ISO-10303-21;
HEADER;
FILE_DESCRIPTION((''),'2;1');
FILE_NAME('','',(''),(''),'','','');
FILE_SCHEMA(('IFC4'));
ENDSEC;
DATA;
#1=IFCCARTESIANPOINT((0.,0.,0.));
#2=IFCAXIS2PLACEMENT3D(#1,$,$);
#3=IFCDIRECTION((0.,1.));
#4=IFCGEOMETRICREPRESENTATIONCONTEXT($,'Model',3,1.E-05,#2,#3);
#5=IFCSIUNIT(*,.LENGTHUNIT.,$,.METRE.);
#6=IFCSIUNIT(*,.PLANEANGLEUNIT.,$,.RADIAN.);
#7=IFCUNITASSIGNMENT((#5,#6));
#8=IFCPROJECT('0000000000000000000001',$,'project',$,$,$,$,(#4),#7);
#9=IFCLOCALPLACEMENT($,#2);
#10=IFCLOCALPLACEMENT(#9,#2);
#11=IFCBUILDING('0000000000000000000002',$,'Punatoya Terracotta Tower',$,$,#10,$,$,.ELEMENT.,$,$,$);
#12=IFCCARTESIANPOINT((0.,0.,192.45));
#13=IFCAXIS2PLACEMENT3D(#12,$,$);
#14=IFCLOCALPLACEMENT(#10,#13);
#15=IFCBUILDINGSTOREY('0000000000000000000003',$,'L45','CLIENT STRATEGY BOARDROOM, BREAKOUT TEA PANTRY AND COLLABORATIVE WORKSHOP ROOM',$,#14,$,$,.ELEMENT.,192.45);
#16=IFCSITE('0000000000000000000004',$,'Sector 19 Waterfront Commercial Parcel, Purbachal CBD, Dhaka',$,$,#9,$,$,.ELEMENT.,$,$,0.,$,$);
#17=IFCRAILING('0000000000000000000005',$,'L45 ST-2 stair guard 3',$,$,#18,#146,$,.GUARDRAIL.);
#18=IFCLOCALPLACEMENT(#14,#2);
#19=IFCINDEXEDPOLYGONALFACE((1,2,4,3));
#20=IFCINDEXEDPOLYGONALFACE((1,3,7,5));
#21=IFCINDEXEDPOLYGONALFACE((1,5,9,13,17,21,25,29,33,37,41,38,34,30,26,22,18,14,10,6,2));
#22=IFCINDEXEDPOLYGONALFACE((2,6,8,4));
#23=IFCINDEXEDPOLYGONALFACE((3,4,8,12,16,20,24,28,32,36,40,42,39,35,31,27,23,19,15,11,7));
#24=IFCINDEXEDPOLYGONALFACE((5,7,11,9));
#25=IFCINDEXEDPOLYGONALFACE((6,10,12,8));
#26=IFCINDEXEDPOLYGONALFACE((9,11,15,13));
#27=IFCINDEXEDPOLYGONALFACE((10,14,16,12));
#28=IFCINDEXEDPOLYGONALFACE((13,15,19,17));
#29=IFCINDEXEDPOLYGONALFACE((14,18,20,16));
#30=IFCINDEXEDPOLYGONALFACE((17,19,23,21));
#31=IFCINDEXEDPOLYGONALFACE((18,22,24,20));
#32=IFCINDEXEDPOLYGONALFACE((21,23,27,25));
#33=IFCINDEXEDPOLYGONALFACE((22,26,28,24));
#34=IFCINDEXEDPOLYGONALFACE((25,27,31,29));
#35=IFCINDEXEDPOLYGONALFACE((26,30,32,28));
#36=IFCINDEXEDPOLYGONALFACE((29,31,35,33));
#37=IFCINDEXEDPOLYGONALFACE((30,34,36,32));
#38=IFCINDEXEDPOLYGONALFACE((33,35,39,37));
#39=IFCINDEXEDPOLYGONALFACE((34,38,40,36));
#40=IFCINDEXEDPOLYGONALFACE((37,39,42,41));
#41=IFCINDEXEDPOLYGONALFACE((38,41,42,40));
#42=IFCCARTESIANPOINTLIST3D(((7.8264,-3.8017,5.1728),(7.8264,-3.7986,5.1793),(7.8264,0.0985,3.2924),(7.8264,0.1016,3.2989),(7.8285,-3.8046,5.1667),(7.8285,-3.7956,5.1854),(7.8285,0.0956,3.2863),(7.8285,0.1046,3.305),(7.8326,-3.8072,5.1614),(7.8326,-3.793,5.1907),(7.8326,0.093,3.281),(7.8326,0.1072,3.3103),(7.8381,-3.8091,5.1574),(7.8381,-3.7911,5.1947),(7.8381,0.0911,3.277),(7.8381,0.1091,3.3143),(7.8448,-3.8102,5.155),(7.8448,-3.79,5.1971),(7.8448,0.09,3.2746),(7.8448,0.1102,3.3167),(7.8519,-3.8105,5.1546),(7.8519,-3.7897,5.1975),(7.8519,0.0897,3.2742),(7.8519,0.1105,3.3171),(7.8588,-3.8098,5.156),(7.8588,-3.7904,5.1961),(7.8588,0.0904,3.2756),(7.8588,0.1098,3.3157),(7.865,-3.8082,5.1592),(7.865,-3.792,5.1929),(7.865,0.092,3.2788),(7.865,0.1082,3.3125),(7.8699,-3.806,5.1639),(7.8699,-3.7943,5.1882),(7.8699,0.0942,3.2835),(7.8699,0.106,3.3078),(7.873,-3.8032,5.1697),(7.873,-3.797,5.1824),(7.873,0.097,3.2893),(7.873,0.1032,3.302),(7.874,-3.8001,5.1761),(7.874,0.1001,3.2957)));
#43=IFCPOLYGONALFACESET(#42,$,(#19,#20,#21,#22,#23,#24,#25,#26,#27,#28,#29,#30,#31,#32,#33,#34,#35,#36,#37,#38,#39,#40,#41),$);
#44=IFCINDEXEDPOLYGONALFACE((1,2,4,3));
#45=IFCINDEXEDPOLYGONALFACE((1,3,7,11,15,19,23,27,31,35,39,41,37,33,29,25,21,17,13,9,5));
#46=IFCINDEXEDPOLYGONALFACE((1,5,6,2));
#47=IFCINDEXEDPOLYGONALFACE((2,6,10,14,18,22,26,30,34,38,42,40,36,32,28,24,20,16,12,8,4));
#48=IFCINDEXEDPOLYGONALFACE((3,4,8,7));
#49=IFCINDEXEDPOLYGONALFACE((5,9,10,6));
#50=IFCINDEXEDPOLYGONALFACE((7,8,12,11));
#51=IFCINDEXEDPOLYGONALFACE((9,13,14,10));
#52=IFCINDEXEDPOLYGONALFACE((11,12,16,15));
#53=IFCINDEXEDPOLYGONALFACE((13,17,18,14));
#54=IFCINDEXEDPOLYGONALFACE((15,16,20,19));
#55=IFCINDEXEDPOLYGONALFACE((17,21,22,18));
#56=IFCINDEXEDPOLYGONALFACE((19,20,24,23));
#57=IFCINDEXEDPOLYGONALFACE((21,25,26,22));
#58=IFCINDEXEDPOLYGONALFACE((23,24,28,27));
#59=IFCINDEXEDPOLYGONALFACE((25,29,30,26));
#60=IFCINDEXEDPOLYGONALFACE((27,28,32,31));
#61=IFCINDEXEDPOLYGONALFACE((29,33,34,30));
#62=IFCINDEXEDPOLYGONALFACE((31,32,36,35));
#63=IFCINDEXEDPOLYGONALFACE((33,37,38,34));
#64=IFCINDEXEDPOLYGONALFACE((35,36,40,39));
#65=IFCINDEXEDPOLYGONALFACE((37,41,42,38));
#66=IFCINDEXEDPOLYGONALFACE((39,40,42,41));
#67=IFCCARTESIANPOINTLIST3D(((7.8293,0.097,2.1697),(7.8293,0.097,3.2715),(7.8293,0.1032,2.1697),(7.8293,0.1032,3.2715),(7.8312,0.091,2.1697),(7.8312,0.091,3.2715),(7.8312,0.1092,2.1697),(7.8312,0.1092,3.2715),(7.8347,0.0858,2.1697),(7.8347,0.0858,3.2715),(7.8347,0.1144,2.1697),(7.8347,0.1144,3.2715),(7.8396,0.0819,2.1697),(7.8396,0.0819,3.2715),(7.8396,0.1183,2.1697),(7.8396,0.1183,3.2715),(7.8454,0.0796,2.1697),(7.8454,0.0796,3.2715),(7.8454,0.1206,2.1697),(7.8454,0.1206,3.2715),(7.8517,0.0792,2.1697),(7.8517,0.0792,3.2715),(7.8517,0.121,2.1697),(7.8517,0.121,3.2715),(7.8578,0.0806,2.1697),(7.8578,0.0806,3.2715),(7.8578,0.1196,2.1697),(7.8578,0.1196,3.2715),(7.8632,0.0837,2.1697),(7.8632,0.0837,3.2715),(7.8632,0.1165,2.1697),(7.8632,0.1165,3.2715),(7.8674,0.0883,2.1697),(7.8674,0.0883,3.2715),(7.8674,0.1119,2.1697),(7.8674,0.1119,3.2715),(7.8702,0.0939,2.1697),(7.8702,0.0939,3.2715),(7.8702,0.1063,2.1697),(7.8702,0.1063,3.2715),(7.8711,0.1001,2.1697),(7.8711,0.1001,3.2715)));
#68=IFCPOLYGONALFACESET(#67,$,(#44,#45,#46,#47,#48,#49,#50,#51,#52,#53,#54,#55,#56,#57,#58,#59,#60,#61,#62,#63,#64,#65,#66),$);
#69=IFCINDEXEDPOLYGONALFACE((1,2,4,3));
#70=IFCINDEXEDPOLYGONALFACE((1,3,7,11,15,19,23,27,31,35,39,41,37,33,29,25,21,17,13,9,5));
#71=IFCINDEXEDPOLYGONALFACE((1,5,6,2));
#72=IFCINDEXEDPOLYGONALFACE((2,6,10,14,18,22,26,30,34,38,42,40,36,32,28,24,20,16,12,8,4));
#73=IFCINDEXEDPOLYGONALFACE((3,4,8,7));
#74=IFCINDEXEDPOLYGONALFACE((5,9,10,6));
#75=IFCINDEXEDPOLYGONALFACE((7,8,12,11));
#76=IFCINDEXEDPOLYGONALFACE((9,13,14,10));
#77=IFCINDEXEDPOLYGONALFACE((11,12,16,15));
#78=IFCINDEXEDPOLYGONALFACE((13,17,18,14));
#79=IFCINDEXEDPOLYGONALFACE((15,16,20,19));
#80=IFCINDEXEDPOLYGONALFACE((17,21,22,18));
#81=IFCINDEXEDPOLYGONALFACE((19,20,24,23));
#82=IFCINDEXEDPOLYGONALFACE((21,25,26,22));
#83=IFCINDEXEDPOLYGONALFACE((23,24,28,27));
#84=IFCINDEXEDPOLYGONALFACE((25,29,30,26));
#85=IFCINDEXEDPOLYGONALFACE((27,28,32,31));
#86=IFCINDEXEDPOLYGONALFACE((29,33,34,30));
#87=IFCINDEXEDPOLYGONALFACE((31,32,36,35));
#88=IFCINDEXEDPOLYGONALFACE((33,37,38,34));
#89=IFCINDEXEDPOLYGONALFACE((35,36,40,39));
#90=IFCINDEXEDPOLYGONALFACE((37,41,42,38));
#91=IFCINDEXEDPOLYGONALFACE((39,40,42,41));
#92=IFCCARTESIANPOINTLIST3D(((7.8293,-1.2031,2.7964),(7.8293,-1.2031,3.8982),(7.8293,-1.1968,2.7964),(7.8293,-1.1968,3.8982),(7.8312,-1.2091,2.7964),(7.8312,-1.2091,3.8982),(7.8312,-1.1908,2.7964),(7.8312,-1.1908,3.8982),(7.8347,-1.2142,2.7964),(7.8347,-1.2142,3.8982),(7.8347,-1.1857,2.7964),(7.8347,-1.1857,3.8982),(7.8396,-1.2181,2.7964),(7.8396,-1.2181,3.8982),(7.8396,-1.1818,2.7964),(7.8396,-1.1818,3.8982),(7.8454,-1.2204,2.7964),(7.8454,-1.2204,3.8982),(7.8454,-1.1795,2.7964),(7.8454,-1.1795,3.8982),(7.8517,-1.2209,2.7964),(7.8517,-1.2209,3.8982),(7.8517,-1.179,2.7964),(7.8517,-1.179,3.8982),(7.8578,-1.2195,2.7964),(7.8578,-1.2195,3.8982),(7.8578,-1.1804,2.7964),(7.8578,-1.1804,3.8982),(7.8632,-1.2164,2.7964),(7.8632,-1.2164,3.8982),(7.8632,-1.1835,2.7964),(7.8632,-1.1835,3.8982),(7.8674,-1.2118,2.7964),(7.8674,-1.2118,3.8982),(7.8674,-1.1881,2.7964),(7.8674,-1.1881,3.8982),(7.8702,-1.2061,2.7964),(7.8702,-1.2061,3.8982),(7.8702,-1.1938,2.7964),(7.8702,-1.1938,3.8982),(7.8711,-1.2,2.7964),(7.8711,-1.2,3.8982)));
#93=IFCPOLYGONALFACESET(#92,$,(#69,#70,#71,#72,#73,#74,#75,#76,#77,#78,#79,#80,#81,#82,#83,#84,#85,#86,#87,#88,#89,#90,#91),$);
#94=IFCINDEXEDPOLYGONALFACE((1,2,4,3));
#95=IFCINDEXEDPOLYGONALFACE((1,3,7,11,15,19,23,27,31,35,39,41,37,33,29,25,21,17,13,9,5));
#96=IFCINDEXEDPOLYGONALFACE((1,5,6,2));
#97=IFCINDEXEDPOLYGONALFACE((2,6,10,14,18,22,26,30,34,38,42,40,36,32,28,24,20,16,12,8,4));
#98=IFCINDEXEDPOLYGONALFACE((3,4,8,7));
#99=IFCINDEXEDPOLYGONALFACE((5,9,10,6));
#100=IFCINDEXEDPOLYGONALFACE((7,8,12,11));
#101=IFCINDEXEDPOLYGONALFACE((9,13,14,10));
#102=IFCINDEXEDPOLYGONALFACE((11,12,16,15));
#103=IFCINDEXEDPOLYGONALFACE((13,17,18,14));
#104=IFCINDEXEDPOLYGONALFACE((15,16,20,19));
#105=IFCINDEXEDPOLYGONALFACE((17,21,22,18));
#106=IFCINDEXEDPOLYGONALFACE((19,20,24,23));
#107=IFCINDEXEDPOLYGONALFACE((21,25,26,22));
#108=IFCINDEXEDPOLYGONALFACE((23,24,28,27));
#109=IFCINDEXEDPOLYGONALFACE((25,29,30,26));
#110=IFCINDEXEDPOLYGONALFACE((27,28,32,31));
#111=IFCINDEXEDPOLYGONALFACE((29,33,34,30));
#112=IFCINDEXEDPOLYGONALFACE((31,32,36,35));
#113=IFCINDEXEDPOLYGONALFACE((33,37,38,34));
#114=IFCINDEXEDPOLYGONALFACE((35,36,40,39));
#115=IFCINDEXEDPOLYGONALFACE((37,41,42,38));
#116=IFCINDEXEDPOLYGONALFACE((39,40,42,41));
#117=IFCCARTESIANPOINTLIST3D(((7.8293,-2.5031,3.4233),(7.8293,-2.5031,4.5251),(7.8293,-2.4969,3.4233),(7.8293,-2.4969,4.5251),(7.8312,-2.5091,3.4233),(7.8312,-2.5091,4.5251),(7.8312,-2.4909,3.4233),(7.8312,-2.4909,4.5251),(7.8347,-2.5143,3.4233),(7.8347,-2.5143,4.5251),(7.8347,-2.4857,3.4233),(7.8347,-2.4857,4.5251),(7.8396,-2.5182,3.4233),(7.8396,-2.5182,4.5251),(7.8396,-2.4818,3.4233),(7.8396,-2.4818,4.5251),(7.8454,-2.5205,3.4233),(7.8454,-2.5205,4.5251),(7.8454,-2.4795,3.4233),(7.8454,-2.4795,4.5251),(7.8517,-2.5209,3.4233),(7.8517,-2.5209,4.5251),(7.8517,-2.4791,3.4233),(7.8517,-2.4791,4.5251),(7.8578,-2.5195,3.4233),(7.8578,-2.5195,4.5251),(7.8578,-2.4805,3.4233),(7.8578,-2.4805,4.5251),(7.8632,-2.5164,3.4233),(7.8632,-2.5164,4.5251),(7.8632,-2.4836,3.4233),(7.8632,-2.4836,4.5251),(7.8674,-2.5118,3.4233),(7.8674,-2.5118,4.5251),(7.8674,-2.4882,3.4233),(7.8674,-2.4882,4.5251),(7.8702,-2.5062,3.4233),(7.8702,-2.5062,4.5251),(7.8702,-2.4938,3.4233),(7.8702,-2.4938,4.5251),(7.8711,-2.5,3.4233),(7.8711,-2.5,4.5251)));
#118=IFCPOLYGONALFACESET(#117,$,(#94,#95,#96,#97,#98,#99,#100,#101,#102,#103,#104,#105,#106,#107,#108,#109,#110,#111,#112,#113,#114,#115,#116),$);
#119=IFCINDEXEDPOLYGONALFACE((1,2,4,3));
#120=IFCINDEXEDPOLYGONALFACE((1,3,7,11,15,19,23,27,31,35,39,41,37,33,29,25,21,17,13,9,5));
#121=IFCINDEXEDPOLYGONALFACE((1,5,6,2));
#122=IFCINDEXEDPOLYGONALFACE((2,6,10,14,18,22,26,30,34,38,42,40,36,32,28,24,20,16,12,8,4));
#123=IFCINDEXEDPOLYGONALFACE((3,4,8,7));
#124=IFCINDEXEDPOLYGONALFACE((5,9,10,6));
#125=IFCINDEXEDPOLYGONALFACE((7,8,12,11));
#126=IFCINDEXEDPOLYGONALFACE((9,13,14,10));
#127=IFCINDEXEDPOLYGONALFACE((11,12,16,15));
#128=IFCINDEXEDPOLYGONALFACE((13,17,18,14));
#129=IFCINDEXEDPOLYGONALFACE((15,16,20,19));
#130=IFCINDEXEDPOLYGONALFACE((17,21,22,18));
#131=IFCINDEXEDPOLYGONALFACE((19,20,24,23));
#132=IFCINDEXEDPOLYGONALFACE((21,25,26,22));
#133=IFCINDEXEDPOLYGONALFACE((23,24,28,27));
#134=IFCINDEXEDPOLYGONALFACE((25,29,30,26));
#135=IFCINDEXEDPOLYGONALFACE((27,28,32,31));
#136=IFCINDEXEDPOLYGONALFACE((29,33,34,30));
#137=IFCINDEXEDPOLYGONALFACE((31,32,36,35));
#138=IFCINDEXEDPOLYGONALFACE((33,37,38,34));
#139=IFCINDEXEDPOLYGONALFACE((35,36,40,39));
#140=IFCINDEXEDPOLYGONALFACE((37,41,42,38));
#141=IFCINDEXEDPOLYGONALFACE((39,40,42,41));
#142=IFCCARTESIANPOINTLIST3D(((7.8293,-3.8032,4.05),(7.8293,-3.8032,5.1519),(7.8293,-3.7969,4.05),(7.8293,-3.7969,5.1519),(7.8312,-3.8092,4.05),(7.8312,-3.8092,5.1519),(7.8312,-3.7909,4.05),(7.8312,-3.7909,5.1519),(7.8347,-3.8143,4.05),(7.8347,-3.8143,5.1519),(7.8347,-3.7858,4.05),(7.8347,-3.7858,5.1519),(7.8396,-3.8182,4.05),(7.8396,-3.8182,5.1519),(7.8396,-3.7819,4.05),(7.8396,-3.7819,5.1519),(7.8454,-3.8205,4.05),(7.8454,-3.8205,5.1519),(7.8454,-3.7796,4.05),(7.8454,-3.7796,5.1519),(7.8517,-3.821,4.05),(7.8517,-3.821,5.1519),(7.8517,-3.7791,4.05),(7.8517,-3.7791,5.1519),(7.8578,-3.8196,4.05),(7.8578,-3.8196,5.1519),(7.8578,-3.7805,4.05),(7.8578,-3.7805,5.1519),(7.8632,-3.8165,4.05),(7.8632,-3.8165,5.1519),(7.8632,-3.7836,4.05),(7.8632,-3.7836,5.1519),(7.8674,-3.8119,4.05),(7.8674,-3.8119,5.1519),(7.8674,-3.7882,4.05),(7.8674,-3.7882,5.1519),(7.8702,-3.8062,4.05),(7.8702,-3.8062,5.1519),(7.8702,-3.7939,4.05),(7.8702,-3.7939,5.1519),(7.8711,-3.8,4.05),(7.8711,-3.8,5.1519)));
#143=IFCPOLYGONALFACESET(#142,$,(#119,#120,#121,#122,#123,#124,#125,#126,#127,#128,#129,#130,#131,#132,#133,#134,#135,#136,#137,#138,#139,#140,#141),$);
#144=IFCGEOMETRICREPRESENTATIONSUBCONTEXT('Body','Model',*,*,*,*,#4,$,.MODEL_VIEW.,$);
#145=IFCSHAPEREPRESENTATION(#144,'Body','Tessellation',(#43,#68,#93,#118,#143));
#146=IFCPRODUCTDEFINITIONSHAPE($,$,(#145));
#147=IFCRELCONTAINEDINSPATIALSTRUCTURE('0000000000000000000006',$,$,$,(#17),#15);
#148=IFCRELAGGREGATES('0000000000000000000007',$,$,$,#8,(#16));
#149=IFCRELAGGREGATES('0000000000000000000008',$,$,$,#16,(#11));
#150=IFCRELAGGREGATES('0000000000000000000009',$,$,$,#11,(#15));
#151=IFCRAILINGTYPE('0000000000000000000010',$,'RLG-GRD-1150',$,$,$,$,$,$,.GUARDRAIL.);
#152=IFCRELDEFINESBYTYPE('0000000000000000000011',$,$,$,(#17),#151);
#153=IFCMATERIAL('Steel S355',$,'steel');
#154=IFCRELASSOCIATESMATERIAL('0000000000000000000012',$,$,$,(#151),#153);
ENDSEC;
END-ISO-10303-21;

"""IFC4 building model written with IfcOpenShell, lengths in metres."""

from ifc_helpers import new_model, si_unit, direction, frame, origin, origin_2d, place, context, subcontext, project, spatial, circle, extrude, material, type_object, element, save


model = new_model("IFC4")

# Units and contexts
model_context = context("Model", 3, precision=1e-05, world=origin(), true_north=direction((0.0, 1.0)))
body_context = subcontext(model_context, "Body", "Model", "MODEL_VIEW")
ifc_project = project(units=[si_unit("LENGTHUNIT", "METRE"), si_unit("PLANEANGLEUNIT", "RADIAN")], contexts=[model_context])

# Site, building, storey
site_placement = place(None, origin())
site = spatial("IfcSite", under=ifc_project, at=site_placement, Name="Sector 19 Waterfront Commercial Parcel, Purbachal CBD, Dhaka", CompositionType="ELEMENT", RefElevation=0.0)
building_placement = place(site_placement, origin())
building = spatial("IfcBuilding", under=site, at=building_placement, Name="Punatoya Terracotta Tower", CompositionType="ELEMENT")
storey_placement = place(building_placement, frame((0.0, 0.0, 192.45)))
storey = spatial("IfcBuildingStorey", under=building, at=storey_placement, Name="L45", Description="CLIENT STRATEGY BOARDROOM, BREAKOUT TEA PANTRY AND COLLABORATIVE WORKSHOP ROOM", CompositionType="ELEMENT", Elevation=192.45)

# Shared definitions
ifc_material_1 = material(Name="Steel S355", Category="steel")

# Railing
railing_type_1 = type_object("IfcRailingType", Name="RLG-GRD-1150", PredefinedType="GUARDRAIL", material=ifc_material_1)
railing_1_placement = place(storey_placement, frame((7.8501, 0.1001, 2.1697)))
element("IfcRailing", 1, at=railing_1_placement, inside=storey, type_object=railing_type_1, Name="L45 ST-2 stair guard 3", PredefinedType="GUARDRAIL", context=body_context, shape_type="SweptSolid", body=[
    extrude(circle(Radius=0.0239, at=origin_2d()), frame((0.0, 0.0, 1.126), z_axis=(0.0, -0.900774, 0.434289), x_axis=(1.0, 0.0, 0.0)), (0.0, 0.0, 1.0), 4.3298),
    extrude(circle(Radius=0.021, at=origin_2d()), origin(), (0.0, 0.0, 1.0), 1.1018),
    extrude(circle(Radius=0.021, at=origin_2d()), frame((0.0, -1.3, 0.6267)), (0.0, 0.0, 1.0), 1.1018),
    extrude(circle(Radius=0.021, at=origin_2d()), frame((0.0, -2.6001, 1.2537)), (0.0, 0.0, 1.0), 1.1018),
    extrude(circle(Radius=0.021, at=origin_2d()), frame((0.0, -3.9001, 1.8804)), (0.0, 0.0, 1.0), 1.1018),
])

save(model, "model.ifc")
